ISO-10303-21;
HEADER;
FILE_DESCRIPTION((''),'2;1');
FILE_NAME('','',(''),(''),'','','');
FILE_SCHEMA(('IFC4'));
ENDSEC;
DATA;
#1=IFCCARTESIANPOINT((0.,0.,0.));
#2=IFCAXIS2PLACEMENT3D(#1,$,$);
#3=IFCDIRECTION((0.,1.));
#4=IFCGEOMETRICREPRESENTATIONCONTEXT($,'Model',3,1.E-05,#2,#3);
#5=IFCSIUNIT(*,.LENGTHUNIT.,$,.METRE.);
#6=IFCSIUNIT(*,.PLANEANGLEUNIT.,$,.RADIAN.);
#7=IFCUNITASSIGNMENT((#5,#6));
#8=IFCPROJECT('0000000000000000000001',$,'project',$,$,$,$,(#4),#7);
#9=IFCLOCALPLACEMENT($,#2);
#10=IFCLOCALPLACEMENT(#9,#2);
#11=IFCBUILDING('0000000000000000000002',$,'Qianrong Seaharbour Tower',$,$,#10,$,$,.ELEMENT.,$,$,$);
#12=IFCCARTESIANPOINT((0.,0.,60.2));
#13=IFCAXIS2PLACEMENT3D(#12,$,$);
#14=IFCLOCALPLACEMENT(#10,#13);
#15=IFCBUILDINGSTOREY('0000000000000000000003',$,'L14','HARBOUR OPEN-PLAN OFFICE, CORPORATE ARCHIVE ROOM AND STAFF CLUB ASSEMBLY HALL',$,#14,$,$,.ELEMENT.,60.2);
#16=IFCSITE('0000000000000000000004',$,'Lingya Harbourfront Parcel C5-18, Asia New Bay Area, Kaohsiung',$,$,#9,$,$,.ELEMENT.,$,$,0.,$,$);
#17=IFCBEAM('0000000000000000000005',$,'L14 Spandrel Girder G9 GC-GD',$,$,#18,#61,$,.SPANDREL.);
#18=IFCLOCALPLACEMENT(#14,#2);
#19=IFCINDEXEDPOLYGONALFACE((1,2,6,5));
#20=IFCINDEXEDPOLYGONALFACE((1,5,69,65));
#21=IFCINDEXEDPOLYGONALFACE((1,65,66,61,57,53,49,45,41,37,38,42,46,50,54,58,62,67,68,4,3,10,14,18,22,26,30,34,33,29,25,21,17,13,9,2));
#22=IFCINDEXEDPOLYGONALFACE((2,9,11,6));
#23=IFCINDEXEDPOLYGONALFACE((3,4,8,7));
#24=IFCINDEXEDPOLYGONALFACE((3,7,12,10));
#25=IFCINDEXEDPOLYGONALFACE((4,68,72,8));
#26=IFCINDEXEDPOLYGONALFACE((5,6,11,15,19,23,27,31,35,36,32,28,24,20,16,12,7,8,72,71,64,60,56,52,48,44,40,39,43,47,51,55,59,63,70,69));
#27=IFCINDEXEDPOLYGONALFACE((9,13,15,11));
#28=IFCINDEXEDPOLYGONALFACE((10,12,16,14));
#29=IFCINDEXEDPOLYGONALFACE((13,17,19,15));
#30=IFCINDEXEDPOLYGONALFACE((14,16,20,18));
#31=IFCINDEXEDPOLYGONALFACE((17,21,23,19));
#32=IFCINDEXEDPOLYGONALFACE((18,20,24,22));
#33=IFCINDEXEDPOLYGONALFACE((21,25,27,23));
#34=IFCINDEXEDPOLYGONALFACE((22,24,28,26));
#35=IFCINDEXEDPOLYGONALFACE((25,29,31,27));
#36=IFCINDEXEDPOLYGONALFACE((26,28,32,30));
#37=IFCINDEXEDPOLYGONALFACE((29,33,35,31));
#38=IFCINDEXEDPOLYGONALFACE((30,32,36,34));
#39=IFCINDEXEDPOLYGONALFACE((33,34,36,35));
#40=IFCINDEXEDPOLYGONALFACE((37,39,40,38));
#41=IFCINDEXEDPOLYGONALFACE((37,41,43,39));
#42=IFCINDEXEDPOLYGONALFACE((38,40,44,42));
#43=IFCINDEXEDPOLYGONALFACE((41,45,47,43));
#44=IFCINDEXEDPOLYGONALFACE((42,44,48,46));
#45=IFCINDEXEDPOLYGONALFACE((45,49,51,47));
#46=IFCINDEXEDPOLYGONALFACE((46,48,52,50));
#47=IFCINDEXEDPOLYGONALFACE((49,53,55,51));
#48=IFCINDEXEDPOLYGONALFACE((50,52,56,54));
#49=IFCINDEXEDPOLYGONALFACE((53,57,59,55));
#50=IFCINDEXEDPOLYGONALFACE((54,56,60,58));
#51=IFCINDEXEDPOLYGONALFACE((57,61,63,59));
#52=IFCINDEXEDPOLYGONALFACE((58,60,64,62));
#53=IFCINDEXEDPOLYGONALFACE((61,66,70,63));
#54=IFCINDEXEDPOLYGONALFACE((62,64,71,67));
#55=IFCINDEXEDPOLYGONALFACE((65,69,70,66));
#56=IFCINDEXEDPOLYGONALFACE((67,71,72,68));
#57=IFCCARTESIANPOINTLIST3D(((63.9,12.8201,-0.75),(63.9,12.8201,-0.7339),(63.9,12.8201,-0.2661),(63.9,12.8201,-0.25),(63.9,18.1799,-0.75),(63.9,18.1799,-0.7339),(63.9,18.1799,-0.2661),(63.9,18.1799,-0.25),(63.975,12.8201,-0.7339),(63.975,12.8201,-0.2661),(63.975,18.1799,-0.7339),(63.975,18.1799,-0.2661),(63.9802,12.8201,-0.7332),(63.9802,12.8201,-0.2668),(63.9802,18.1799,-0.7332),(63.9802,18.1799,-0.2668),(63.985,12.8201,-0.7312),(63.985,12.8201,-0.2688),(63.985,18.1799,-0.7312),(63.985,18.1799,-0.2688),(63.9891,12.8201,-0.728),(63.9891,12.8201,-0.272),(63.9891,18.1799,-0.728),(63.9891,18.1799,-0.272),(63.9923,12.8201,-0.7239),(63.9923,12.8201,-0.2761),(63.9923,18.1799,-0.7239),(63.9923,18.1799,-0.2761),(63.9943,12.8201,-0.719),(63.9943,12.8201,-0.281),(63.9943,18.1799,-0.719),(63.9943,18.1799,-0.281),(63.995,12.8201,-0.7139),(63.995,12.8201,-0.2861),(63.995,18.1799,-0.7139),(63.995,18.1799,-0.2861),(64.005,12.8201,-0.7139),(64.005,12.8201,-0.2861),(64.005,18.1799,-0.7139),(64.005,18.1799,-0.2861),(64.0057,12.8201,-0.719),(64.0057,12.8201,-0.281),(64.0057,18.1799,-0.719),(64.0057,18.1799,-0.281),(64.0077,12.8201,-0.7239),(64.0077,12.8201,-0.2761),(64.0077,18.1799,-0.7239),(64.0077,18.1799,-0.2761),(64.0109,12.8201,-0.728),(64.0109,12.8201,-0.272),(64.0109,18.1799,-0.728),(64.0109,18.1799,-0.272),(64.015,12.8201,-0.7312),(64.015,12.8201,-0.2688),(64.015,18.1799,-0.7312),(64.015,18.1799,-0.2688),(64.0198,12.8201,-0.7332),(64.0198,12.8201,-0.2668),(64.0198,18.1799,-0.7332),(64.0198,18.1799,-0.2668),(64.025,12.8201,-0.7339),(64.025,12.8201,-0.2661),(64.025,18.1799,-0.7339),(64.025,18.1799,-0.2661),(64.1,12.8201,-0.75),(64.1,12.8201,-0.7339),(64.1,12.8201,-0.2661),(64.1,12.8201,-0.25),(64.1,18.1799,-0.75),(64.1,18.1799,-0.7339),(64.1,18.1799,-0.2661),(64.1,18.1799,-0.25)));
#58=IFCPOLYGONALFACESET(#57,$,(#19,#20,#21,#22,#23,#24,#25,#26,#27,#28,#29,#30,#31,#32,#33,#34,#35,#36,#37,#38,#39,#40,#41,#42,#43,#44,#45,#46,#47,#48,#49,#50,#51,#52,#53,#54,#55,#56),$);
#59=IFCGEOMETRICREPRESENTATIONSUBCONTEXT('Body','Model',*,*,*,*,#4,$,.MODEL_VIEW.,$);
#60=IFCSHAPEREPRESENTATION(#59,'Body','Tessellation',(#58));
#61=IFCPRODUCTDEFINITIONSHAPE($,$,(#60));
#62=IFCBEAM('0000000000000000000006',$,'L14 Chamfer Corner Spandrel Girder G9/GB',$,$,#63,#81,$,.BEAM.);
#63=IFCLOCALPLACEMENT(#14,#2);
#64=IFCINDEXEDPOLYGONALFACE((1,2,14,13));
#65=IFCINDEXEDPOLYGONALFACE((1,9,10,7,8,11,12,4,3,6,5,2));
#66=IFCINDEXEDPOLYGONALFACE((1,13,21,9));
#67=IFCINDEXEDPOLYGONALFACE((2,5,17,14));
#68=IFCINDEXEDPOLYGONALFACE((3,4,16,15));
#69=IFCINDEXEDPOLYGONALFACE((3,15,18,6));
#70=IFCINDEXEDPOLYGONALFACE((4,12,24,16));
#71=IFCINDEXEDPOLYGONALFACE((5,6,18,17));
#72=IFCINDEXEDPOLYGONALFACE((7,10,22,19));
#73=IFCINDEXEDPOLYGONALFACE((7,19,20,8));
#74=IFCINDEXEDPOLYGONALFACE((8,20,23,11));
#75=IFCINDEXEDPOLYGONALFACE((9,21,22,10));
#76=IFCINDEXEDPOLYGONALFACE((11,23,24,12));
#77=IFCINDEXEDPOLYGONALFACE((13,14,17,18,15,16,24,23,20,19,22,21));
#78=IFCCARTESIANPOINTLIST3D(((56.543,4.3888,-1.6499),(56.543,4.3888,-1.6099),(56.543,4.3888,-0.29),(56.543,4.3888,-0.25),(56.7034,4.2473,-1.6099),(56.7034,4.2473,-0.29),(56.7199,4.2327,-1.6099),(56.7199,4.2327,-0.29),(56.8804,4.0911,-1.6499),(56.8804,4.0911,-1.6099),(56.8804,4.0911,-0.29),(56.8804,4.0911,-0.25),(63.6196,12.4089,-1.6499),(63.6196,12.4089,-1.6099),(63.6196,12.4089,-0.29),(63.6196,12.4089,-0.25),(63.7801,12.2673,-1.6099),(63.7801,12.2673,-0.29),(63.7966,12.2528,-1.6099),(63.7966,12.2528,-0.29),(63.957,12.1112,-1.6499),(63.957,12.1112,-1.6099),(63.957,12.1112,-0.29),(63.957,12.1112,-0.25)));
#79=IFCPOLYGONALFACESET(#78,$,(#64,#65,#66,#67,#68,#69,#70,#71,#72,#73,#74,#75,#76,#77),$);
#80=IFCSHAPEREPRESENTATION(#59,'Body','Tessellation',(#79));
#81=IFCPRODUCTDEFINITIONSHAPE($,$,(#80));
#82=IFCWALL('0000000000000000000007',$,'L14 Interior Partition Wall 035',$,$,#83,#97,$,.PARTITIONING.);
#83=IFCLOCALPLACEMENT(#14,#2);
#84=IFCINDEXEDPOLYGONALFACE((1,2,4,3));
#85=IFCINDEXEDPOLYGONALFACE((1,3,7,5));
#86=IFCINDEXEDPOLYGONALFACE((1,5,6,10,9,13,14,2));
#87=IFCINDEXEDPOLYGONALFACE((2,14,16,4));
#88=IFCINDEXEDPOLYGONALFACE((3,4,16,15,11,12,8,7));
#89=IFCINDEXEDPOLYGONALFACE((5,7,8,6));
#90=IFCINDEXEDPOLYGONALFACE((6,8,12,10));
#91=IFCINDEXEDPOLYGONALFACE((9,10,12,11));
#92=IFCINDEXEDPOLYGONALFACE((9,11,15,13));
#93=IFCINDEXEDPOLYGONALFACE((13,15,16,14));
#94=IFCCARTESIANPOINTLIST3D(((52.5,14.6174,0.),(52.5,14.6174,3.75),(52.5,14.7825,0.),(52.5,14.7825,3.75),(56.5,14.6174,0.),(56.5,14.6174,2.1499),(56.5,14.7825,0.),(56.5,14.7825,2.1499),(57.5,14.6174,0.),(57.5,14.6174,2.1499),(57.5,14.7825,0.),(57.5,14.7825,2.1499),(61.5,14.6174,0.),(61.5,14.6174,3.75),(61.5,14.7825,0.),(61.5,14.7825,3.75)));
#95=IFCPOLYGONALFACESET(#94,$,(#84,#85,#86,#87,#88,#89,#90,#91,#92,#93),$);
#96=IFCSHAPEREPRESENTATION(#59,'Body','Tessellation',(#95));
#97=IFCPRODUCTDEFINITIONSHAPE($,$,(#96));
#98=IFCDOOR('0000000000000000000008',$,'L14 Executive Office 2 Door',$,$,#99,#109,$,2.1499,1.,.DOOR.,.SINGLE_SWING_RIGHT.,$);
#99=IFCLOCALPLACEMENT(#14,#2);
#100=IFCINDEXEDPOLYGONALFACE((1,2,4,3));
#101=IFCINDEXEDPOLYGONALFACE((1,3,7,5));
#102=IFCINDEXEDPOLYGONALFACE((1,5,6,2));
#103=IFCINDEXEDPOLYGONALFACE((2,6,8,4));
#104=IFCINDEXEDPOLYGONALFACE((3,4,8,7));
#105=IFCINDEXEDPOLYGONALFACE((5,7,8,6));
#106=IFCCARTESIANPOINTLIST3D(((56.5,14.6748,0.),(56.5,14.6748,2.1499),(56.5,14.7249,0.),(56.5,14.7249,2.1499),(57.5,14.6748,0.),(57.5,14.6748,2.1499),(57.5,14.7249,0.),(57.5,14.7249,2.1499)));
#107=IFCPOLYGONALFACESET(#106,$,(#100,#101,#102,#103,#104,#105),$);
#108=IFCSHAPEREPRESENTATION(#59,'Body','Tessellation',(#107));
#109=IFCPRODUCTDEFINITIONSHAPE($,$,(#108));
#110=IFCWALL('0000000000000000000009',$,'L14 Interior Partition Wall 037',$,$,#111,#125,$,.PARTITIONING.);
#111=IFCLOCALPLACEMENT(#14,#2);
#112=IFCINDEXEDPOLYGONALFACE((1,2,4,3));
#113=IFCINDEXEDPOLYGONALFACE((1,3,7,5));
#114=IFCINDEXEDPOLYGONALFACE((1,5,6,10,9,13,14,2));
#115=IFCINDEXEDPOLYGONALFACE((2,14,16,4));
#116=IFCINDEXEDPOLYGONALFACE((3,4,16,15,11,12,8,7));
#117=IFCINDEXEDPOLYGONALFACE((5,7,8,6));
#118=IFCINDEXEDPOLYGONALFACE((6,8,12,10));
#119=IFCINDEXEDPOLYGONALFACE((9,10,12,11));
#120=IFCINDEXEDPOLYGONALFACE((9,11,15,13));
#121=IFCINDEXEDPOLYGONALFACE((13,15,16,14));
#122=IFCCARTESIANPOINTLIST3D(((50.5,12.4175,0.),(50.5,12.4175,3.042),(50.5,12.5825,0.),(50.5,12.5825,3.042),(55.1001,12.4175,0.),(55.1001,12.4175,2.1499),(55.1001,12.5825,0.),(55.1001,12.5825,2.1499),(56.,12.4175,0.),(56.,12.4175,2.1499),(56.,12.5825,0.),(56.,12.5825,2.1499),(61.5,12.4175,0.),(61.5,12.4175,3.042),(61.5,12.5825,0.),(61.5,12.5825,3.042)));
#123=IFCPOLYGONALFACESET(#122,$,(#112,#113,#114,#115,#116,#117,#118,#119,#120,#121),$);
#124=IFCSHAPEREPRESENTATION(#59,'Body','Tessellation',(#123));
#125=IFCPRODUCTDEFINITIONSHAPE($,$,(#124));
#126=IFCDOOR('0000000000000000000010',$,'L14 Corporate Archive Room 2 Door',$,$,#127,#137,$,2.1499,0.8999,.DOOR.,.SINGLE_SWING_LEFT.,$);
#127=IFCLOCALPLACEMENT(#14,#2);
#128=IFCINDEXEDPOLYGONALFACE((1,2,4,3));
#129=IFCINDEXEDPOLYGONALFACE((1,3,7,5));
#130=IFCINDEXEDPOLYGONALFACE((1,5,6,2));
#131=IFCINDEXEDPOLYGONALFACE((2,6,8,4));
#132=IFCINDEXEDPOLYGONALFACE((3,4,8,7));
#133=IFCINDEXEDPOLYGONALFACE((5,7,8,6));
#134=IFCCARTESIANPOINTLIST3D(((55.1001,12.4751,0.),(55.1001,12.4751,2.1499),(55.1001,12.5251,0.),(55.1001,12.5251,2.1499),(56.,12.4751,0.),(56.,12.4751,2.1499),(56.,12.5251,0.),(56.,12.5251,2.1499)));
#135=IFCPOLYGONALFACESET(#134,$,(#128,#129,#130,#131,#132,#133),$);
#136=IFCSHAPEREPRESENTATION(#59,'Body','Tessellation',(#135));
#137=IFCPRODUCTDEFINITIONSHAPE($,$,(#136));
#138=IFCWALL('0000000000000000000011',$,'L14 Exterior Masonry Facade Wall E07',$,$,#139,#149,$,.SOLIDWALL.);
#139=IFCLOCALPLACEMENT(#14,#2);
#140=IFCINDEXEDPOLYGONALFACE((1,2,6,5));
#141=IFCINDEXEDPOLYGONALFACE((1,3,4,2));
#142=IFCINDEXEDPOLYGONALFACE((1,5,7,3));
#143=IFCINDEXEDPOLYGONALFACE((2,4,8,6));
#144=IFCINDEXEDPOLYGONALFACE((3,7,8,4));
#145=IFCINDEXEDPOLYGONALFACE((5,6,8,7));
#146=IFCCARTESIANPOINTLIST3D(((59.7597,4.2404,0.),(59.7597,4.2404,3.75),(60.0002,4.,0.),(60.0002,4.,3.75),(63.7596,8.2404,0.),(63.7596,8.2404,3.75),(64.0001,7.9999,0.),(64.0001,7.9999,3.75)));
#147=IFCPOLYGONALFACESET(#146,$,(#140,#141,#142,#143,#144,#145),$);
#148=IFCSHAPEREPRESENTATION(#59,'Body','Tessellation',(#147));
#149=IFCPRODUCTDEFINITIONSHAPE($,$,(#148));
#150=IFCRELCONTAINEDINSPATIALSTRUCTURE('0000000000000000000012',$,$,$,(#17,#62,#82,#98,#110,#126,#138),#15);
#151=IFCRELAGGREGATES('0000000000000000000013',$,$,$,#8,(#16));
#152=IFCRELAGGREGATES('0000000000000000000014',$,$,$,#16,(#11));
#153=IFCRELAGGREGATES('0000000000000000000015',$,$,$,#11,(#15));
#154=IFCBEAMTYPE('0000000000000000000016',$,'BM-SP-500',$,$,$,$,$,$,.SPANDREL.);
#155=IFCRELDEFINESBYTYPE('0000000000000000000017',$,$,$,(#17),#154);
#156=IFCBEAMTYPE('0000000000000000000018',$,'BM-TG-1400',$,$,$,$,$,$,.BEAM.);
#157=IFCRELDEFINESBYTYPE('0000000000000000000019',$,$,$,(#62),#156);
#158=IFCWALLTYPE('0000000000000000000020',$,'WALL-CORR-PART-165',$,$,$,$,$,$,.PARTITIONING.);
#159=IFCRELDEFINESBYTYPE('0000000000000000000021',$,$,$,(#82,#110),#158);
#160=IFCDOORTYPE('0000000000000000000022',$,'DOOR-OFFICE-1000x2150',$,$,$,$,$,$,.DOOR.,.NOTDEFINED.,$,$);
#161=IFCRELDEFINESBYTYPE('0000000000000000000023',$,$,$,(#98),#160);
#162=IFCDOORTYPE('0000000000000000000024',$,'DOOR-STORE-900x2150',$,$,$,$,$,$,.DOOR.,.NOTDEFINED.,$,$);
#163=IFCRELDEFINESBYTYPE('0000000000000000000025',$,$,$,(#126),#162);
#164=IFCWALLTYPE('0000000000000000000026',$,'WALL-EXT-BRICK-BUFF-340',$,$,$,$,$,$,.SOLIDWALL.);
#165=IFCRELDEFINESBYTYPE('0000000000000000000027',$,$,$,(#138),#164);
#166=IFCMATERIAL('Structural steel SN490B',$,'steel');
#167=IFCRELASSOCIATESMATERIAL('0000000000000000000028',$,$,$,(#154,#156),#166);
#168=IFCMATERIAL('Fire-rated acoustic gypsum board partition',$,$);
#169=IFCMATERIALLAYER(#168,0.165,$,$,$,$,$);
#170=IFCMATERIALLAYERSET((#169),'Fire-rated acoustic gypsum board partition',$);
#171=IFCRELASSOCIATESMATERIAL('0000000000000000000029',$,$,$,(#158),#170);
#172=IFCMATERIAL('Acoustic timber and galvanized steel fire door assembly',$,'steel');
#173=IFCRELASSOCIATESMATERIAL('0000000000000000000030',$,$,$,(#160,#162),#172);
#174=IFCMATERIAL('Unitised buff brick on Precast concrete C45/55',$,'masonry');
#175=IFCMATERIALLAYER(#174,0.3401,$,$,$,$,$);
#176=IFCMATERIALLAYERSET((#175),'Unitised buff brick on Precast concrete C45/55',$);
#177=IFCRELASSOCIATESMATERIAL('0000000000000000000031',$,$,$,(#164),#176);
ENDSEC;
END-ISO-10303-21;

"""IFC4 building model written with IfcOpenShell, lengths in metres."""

from ifc_helpers import new_model, si_unit, direction, frame, frame_2d, origin, origin_2d, place, context, subcontext, project, spatial, rectangle, i_section, extrude, material, layer, layer_set, material_profile, profile_set, type_object, element, fill, save


model = new_model("IFC4")

# Units and contexts
model_context = context("Model", 3, precision=1e-05, world=origin(), true_north=direction((0.0, 1.0)))
body_context = subcontext(model_context, "Body", "Model", "MODEL_VIEW")
ifc_project = project(units=[si_unit("LENGTHUNIT", "METRE"), si_unit("PLANEANGLEUNIT", "RADIAN")], contexts=[model_context])

# Site, building, storey
site_placement = place(None, origin())
site = spatial("IfcSite", under=ifc_project, at=site_placement, Name="Lingya Harbourfront Parcel C5-18, Asia New Bay Area, Kaohsiung", CompositionType="ELEMENT", RefElevation=0.0)
building_placement = place(site_placement, origin())
building = spatial("IfcBuilding", under=site, at=building_placement, Name="Qianrong Seaharbour Tower", CompositionType="ELEMENT")
storey_placement = place(building_placement, frame((0.0, 0.0, 60.2)))
storey = spatial("IfcBuildingStorey", under=building, at=storey_placement, Name="L14", Description="HARBOUR OPEN-PLAN OFFICE, CORPORATE ARCHIVE ROOM AND STAFF CLUB ASSEMBLY HALL", CompositionType="ELEMENT", Elevation=60.2)

# Shared definitions
ifc_material_1 = material(Name="Structural steel SN490B", Category="steel")

# Beams
ifc_material_profile_1 = material_profile(ifc_material_1, i_section(OverallWidth=0.2, OverallDepth=0.5, WebThickness=0.01, FlangeThickness=0.0161, FilletRadius=0.02, at=origin_2d()), Name="H500x200x10x16")
ifc_profile_set_1 = profile_set([ifc_material_profile_1], Name="Structural steel SN490B")
beam_type_1 = type_object("IfcBeamType", Name="BM-SP-500", PredefinedType="SPANDREL", material=ifc_profile_set_1)
beam_1_placement = place(storey_placement, frame((64.0, 12.8201, -0.5), z_axis=(0.0, 1.0, 0.0), x_axis=(-1.0, 0.0, 0.0)))
element("IfcBeam", 1, at=beam_1_placement, inside=storey, type_object=beam_type_1, Name="L14 Spandrel Girder G9 GC-GD", PredefinedType="SPANDREL", context=body_context, shape_type="SweptSolid", body=[
    extrude(i_section(OverallWidth=0.2, OverallDepth=0.5, WebThickness=0.01, FlangeThickness=0.0161, FilletRadius=0.02, at=origin_2d()), origin(), (0.0, 0.0, 1.0), 5.3599),
])
ifc_material_profile_2 = material_profile(ifc_material_1, i_section(OverallWidth=0.45, OverallDepth=1.3999, WebThickness=0.022, FlangeThickness=0.04, at=origin_2d()), Name="BH1400x450x22x40")
ifc_profile_set_2 = profile_set([ifc_material_profile_2], Name="Structural steel SN490B")
beam_type_2 = type_object("IfcBeamType", Name="BM-TG-1400", PredefinedType="BEAM", material=ifc_profile_set_2)
beam_2_placement = place(storey_placement, frame((56.7117, 4.24, -0.95), z_axis=(0.661631, 0.74983, 0.0), x_axis=(-0.74983, 0.661631, 0.0)))
element("IfcBeam", 2, at=beam_2_placement, inside=storey, type_object=beam_type_2, Name="L14 Chamfer Corner Spandrel Girder G9/GB", PredefinedType="BEAM", context=body_context, shape_type="SweptSolid", body=[
    extrude(i_section(OverallWidth=0.45, OverallDepth=1.3999, WebThickness=0.022, FlangeThickness=0.04, at=origin_2d()), origin(), (0.0, 0.0, 1.0), 10.6958),
])

# Walls, openings, doors
ifc_material_2 = material(Name="Fire-rated acoustic gypsum board partition")
ifc_layer_1 = layer(ifc_material_2, 0.165)
ifc_layer_set_1 = layer_set([ifc_layer_1], Name="Fire-rated acoustic gypsum board partition")
wall_type_1 = type_object("IfcWallType", Name="WALL-CORR-PART-165", PredefinedType="PARTITIONING", material=ifc_layer_set_1)
wall_1_placement = place(storey_placement, frame((52.5, 14.7, 0.0), z_axis=(0.0, 0.0, 1.0), x_axis=(1.0, 0.0, 0.0)))
wall_1 = element("IfcWall", 3, at=wall_1_placement, inside=storey, type_object=wall_type_1, Name="L14 Interior Partition Wall 035", PredefinedType="PARTITIONING", context=body_context, shape_type="SweptSolid", body=[
    extrude(rectangle(XDim=9.0, YDim=0.165, at=frame_2d((4.5, 0.0))), origin(), (0.0, 0.0, 1.0), 3.75),
])
opening_1_placement = place(wall_1_placement, frame((4.0, 0.0, 0.0)))
opening_1 = element("IfcOpeningElement", 4, at=opening_1_placement, cuts=wall_1, PredefinedType="OPENING", context=body_context, shape_type="SweptSolid", body=[
    extrude(rectangle(XDim=1.0, YDim=2.1499, at=frame_2d((0.5, 1.075))), frame((0.0, 0.0925, 0.0), z_axis=(0.0, -1.0, 0.0), x_axis=(1.0, 0.0, 0.0)), (0.0, 0.0, 1.0), 0.1851),
])
ifc_material_3 = material(Name="Acoustic timber and galvanized steel fire door assembly", Category="steel")
door_type_1 = type_object("IfcDoorType", Name="DOOR-OFFICE-1000x2150", OperationType="NOTDEFINED", PredefinedType="DOOR", material=ifc_material_3)
door_1_placement = place(opening_1_placement, origin())
door_1 = element("IfcDoor", 5, at=door_1_placement, inside=storey, type_object=door_type_1, Name="L14 Executive Office 2 Door", OperationType="SINGLE_SWING_RIGHT", OverallHeight=2.1499, OverallWidth=1.0, PredefinedType="DOOR", context=body_context, shape_type="SweptSolid", body=[
    extrude(rectangle(XDim=1.0, YDim=2.1499, at=frame_2d((0.5, 1.075))), frame((0.0, 0.0249, 0.0), z_axis=(0.0, -1.0, 0.0), x_axis=(1.0, 0.0, 0.0)), (0.0, 0.0, 1.0), 0.05),
])
fill(opening_1, door_1)
wall_2_placement = place(storey_placement, frame((61.5, 12.5, 0.0), z_axis=(0.0, 0.0, 1.0), x_axis=(-1.0, 0.0, 0.0)))
wall_2 = element("IfcWall", 6, at=wall_2_placement, inside=storey, type_object=wall_type_1, Name="L14 Interior Partition Wall 037", PredefinedType="PARTITIONING", context=body_context, shape_type="SweptSolid", body=[
    extrude(rectangle(XDim=11.0, YDim=0.165, at=frame_2d((5.5, 0.0))), origin(), (0.0, 0.0, 1.0), 3.042),
])
opening_2_placement = place(wall_2_placement, frame((5.5, 0.0, 0.0)))
opening_2 = element("IfcOpeningElement", 7, at=opening_2_placement, cuts=wall_2, PredefinedType="OPENING", context=body_context, shape_type="SweptSolid", body=[
    extrude(rectangle(XDim=0.8999, YDim=2.1499, at=frame_2d((0.45, 1.075))), frame((0.0, 0.0925, 0.0), z_axis=(0.0, -1.0, 0.0), x_axis=(1.0, 0.0, 0.0)), (0.0, 0.0, 1.0), 0.1851),
])
door_type_2 = type_object("IfcDoorType", Name="DOOR-STORE-900x2150", OperationType="NOTDEFINED", PredefinedType="DOOR", material=ifc_material_3)
door_2_placement = place(opening_2_placement, origin())
door_2 = element("IfcDoor", 8, at=door_2_placement, inside=storey, type_object=door_type_2, Name="L14 Corporate Archive Room 2 Door", OperationType="SINGLE_SWING_LEFT", OverallHeight=2.1499, OverallWidth=0.8999, PredefinedType="DOOR", context=body_context, shape_type="SweptSolid", body=[
    extrude(rectangle(XDim=0.8999, YDim=2.1499, at=frame_2d((0.45, 1.075))), frame((0.0, 0.0249, 0.0), z_axis=(0.0, -1.0, 0.0), x_axis=(1.0, 0.0, 0.0)), (0.0, 0.0, 1.0), 0.05),
])
fill(opening_2, door_2)

# Wall
ifc_material_4 = material(Name="Unitised buff brick on Precast concrete C45/55", Category="masonry")
ifc_layer_2 = layer(ifc_material_4, 0.3401)
ifc_layer_set_2 = layer_set([ifc_layer_2], Name="Unitised buff brick on Precast concrete C45/55")
wall_type_2 = type_object("IfcWallType", Name="WALL-EXT-BRICK-BUFF-340", PredefinedType="SOLIDWALL", material=ifc_layer_set_2)
wall_3_placement = place(storey_placement, frame((63.8799, 8.1201, 0.0), z_axis=(0.0, 0.0, 1.0), x_axis=(-0.707107, -0.707107, 0.0)))
element("IfcWall", 9, at=wall_3_placement, inside=storey, type_object=wall_type_2, Name="L14 Exterior Masonry Facade Wall E07", PredefinedType="SOLIDWALL", context=body_context, shape_type="SweptSolid", body=[
    extrude(rectangle(XDim=5.6567, YDim=0.3401, at=frame_2d((2.8284, 0.0))), origin(), (0.0, 0.0, 1.0), 3.75),
])

save(model, "model.ifc")
